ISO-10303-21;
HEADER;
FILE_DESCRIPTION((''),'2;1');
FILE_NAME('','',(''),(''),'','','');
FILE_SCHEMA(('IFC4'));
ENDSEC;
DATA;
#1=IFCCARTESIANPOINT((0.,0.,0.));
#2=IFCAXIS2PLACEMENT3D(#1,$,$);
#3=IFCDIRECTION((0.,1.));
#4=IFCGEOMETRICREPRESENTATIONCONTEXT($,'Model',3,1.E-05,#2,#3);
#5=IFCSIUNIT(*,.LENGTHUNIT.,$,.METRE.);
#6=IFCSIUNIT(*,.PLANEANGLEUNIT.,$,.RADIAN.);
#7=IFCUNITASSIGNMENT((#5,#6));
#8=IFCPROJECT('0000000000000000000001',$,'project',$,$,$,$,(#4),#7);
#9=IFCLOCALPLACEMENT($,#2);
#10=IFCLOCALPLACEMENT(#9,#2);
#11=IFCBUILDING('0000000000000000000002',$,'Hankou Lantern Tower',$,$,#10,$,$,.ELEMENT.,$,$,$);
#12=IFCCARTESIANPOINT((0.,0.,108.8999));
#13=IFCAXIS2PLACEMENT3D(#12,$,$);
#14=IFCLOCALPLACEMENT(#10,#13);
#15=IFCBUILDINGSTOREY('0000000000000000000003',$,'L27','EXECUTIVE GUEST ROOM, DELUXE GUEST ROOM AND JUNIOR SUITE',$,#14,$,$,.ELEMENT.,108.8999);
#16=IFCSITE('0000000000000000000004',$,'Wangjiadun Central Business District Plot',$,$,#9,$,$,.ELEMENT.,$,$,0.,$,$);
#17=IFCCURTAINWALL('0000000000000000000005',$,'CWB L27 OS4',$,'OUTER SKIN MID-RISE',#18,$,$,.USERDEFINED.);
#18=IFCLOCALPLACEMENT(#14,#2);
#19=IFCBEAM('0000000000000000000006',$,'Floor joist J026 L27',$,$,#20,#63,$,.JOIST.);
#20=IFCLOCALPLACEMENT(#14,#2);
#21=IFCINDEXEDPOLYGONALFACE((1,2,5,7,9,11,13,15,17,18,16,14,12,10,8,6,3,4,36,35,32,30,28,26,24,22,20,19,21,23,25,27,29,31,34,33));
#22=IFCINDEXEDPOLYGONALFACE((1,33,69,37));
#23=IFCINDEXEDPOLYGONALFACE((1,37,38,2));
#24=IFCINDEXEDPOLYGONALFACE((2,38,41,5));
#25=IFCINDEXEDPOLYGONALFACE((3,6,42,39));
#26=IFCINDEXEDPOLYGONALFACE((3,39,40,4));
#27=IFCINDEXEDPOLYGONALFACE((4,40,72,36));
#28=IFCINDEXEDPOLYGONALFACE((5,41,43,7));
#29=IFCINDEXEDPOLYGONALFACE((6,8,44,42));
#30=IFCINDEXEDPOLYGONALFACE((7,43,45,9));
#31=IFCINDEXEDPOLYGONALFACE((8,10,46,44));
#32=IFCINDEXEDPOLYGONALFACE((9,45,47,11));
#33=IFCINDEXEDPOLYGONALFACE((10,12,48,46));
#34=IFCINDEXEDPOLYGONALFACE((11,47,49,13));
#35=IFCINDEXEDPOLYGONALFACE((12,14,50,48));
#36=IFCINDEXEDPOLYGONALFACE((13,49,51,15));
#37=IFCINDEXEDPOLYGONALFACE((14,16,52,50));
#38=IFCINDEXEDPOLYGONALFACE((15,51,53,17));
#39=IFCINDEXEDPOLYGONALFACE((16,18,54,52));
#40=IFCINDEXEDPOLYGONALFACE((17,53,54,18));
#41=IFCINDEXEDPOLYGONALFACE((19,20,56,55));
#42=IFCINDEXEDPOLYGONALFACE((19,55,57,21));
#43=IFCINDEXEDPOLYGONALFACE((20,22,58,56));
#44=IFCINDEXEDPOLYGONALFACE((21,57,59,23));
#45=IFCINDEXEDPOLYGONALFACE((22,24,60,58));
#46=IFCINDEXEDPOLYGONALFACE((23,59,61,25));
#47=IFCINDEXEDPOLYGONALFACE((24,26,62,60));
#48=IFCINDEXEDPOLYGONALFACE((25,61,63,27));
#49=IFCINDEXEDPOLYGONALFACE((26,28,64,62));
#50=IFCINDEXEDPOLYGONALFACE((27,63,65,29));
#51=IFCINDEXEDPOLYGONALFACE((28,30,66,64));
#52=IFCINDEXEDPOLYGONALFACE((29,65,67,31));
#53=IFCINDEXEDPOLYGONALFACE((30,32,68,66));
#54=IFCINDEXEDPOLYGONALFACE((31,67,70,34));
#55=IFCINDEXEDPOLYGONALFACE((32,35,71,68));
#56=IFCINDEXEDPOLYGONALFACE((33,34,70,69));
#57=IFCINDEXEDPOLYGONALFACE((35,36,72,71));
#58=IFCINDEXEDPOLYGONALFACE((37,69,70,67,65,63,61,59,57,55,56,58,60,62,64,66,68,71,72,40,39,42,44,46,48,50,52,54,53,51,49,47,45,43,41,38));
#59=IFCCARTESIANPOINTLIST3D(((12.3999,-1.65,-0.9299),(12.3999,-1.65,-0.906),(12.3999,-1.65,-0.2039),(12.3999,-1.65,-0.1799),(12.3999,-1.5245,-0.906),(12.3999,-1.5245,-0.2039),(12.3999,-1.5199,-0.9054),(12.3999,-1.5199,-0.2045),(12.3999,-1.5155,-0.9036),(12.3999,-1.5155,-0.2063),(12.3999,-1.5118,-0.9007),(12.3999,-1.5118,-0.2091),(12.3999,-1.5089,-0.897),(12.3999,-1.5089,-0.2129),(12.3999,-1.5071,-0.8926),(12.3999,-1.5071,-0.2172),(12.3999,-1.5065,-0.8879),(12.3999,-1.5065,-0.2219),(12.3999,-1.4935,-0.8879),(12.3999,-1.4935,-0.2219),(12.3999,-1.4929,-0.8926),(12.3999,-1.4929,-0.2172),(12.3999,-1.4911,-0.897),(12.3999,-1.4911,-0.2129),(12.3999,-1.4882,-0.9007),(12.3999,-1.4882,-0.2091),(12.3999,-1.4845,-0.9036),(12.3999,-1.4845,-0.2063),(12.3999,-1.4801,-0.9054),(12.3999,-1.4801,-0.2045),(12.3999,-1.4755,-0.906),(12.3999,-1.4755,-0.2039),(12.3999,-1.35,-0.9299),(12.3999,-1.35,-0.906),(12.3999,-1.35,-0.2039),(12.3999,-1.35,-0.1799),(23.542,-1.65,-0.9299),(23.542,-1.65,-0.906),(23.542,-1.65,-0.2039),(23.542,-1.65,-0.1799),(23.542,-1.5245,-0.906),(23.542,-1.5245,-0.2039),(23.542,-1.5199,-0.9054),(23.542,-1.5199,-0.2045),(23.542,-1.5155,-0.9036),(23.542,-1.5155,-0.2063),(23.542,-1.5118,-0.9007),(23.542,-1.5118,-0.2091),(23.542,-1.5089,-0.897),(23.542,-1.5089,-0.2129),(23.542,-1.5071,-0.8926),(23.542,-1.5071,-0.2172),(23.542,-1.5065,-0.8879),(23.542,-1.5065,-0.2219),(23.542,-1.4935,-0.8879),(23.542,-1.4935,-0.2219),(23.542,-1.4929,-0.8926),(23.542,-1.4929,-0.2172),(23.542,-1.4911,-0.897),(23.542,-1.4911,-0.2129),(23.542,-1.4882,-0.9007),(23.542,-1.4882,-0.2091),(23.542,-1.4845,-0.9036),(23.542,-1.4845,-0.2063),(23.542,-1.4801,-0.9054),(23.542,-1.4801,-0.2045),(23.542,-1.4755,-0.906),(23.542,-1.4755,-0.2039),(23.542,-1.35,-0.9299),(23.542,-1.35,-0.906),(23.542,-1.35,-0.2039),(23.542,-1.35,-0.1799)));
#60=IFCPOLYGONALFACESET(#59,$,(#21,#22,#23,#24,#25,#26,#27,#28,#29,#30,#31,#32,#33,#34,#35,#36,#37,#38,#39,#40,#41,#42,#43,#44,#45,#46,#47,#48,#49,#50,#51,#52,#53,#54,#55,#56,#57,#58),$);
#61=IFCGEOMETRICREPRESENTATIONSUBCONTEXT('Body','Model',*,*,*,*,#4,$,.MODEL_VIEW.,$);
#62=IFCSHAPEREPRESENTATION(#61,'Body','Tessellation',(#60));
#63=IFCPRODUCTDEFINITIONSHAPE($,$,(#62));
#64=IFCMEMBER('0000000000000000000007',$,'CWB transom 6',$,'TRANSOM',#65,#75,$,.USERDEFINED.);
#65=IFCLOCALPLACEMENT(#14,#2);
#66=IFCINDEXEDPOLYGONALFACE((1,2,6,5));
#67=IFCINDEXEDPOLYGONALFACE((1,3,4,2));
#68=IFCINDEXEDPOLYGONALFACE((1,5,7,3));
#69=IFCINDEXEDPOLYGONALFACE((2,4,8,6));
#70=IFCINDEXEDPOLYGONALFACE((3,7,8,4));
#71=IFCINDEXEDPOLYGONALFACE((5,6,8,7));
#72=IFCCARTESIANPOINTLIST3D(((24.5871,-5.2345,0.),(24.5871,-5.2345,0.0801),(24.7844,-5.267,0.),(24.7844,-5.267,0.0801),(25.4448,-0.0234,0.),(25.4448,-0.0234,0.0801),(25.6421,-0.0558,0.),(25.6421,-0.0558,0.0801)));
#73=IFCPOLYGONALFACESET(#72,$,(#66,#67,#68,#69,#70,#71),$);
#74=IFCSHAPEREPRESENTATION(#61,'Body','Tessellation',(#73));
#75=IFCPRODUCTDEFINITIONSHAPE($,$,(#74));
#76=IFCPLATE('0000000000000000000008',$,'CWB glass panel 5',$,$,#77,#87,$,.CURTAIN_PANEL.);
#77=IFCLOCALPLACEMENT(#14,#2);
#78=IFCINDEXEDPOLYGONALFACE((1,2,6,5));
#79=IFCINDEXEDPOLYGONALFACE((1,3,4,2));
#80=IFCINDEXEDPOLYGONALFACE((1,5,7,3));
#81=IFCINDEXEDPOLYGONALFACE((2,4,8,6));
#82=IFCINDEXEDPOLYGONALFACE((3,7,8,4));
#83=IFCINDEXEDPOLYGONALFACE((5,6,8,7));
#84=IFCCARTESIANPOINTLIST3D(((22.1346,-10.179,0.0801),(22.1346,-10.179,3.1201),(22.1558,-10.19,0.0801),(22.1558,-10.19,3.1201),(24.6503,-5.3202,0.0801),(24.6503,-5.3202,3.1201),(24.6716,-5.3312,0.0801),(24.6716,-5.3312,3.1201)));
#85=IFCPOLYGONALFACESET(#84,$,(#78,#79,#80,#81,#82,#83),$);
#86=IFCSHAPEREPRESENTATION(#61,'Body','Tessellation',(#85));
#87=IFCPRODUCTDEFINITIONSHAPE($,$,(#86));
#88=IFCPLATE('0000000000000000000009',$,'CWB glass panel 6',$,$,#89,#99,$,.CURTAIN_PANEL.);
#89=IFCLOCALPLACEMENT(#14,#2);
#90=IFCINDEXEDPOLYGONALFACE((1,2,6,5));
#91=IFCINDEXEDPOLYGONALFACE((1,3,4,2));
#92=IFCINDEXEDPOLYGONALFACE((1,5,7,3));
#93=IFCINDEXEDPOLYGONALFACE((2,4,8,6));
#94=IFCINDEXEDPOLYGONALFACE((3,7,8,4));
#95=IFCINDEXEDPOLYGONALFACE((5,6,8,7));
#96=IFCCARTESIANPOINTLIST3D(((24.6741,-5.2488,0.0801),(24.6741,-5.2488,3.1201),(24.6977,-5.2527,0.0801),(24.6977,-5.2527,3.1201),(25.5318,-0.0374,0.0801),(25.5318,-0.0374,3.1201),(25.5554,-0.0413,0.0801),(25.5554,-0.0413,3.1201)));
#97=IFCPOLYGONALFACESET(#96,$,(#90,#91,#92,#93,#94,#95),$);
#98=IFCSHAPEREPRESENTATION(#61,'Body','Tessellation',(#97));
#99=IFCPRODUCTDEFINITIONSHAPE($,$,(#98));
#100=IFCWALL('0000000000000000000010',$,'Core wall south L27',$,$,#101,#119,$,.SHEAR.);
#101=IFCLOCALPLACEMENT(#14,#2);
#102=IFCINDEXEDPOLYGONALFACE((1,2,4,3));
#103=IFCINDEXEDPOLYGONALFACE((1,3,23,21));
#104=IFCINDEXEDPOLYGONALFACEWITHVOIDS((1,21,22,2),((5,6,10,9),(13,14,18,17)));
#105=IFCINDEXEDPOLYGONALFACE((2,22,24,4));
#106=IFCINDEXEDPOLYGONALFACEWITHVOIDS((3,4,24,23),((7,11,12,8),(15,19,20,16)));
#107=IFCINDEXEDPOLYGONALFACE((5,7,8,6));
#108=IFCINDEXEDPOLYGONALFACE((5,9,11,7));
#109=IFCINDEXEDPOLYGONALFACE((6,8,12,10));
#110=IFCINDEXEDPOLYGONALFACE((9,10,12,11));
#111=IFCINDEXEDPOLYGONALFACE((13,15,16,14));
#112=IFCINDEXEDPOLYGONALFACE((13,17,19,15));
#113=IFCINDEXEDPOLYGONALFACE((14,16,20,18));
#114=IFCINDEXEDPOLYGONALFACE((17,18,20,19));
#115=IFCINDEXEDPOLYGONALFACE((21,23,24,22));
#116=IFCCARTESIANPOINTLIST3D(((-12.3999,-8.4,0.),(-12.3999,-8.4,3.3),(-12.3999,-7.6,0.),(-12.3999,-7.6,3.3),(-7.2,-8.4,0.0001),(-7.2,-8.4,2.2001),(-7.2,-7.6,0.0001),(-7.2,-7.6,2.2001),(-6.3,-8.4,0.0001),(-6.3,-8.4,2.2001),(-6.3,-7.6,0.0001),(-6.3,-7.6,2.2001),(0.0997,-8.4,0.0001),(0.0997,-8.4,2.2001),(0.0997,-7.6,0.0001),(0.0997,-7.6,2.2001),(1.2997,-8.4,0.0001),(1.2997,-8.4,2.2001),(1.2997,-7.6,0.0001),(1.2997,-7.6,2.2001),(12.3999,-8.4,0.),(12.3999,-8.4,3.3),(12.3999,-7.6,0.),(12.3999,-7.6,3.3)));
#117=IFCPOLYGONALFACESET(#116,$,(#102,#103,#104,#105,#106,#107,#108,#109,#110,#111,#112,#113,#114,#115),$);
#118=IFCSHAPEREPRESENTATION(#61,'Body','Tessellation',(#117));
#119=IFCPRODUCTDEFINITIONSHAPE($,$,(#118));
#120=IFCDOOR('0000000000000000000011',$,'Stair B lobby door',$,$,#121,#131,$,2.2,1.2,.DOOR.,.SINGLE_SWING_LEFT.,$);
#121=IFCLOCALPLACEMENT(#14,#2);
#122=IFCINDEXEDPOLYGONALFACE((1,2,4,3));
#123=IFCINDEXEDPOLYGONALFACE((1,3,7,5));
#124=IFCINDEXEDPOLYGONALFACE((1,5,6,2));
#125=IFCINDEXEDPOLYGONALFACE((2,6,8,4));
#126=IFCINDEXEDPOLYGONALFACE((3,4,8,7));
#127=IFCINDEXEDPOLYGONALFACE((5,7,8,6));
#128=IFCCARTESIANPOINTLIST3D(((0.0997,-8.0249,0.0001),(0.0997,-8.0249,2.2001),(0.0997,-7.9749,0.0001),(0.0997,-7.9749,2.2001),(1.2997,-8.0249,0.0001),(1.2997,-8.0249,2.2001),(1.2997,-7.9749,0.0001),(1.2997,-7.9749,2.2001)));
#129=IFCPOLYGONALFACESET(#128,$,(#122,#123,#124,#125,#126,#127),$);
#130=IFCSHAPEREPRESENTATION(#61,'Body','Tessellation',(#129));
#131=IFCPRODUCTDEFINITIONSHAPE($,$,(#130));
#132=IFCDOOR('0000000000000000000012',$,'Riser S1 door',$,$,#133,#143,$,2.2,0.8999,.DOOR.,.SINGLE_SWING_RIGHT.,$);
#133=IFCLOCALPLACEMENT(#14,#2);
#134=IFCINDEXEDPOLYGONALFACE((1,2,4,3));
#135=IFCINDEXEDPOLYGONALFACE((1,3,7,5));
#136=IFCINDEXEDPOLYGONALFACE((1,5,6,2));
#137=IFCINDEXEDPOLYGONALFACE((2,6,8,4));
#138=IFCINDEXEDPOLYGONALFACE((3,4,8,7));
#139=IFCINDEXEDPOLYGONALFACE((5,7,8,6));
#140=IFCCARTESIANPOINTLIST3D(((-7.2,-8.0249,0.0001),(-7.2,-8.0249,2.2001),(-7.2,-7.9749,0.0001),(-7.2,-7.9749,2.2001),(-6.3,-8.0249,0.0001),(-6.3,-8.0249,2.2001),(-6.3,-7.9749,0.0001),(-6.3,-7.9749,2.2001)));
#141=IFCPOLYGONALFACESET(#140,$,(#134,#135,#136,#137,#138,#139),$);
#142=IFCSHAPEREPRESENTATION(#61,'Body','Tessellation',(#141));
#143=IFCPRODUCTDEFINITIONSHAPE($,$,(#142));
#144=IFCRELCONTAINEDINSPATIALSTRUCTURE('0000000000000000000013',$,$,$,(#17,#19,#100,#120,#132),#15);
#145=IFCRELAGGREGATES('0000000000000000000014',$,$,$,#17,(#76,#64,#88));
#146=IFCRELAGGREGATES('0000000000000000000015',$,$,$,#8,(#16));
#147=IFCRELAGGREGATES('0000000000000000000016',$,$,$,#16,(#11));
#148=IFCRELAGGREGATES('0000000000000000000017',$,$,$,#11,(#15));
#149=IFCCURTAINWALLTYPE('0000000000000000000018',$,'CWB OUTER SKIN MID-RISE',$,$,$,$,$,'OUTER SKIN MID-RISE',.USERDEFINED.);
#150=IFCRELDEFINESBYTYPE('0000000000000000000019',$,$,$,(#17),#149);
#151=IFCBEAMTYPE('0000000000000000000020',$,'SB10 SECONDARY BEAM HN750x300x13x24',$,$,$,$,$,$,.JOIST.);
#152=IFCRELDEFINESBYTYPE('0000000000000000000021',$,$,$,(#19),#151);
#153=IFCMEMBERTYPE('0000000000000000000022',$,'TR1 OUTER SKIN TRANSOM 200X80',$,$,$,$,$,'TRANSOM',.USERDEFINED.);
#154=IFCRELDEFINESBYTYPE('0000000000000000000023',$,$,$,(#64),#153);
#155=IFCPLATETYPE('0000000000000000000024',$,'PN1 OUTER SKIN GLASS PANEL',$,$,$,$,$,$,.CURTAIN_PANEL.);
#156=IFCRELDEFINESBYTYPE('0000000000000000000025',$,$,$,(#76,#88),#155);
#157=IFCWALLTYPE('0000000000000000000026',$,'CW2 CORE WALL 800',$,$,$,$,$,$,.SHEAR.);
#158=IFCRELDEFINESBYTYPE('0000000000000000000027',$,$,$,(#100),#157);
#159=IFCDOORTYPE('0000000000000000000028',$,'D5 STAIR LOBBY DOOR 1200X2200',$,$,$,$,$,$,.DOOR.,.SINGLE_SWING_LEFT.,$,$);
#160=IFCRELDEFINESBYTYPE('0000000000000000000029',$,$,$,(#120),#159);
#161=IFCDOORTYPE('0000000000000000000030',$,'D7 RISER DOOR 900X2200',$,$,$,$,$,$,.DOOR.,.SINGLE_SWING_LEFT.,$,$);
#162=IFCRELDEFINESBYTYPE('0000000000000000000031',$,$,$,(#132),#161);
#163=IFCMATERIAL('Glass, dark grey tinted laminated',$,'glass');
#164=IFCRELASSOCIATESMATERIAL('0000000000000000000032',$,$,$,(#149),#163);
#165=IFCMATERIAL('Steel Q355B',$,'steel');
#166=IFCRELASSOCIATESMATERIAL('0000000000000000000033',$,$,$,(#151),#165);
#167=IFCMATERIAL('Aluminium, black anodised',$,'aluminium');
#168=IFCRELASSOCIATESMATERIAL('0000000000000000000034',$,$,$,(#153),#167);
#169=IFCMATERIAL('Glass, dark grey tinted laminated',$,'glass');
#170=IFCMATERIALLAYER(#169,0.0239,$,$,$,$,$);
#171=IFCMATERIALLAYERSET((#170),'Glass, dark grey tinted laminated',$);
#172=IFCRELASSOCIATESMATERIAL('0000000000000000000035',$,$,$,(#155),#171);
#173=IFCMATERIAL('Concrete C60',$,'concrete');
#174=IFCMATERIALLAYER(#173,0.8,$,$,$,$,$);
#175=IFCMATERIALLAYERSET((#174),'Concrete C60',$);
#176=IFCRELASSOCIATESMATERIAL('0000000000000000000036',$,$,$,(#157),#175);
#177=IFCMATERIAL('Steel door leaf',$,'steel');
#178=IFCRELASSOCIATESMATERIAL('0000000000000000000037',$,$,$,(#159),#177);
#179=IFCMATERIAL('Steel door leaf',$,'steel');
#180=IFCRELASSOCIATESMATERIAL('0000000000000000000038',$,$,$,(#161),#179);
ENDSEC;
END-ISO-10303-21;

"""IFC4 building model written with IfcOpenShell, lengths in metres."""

from ifc_helpers import new_model, si_unit, direction, frame, frame_2d, origin, origin_2d, place, context, subcontext, project, spatial, rectangle, i_section, extrude, material, layer, layer_set, material_profile, profile_set, type_object, element, fill, aggregate, save


model = new_model("IFC4")

# Units and contexts
model_context = context("Model", 3, precision=1e-05, world=origin(), true_north=direction((0.0, 1.0)))
body_context = subcontext(model_context, "Body", "Model", "MODEL_VIEW")
ifc_project = project(units=[si_unit("LENGTHUNIT", "METRE"), si_unit("PLANEANGLEUNIT", "RADIAN")], contexts=[model_context])

# Site, building, storey
site_placement = place(None, origin())
site = spatial("IfcSite", under=ifc_project, at=site_placement, Name="Wangjiadun Central Business District Plot", CompositionType="ELEMENT", RefElevation=0.0)
building_placement = place(site_placement, origin())
building = spatial("IfcBuilding", under=site, at=building_placement, Name="Hankou Lantern Tower", CompositionType="ELEMENT")
storey_placement = place(building_placement, frame((0.0, 0.0, 108.8999)))
storey = spatial("IfcBuildingStorey", under=building, at=storey_placement, Name="L27", Description="EXECUTIVE GUEST ROOM, DELUXE GUEST ROOM AND JUNIOR SUITE", CompositionType="ELEMENT", Elevation=108.8999)

# Curtain wall
ifc_material_1 = material(Name="Glass, dark grey tinted laminated", Category="glass")
curtain_wall_type = type_object("IfcCurtainWallType", Name="CWB OUTER SKIN MID-RISE", ElementType="OUTER SKIN MID-RISE", PredefinedType="USERDEFINED", material=ifc_material_1)
curtain_wall_placement = place(storey_placement, origin())
curtain_wall = element("IfcCurtainWall", 1, at=curtain_wall_placement, inside=storey, type_object=curtain_wall_type, Name="CWB L27 OS4", ObjectType="OUTER SKIN MID-RISE", PredefinedType="USERDEFINED")

# Beam
ifc_material_2 = material(Name="Steel Q355B", Category="steel")
ifc_material_profile_1 = material_profile(ifc_material_2, i_section(OverallWidth=0.3, OverallDepth=0.75, WebThickness=0.0129, FlangeThickness=0.0239, FilletRadius=0.0181, at=origin_2d()), Name="HN750x300x13x24")
ifc_profile_set_1 = profile_set([ifc_material_profile_1], Name="Steel Q355B")
beam_type_1 = type_object("IfcBeamType", Name="SB10 SECONDARY BEAM HN750x300x13x24", PredefinedType="JOIST", material=ifc_profile_set_1)
beam_1_placement = place(storey_placement, frame((12.3999, -1.5, -0.5549), z_axis=(1.0, 0.0, 0.0), x_axis=(0.0, 1.0, 0.0)))
element("IfcBeam", 2, at=beam_1_placement, inside=storey, type_object=beam_type_1, Name="Floor joist J026 L27", PredefinedType="JOIST", context=body_context, shape_type="SweptSolid", body=[
    extrude(i_section(OverallWidth=0.3, OverallDepth=0.75, WebThickness=0.0129, FlangeThickness=0.0239, FilletRadius=0.0181, at=origin_2d()), origin(), (0.0, 0.0, 1.0), 11.1421),
])

# Member
ifc_material_3 = material(Name="Aluminium, black anodised", Category="aluminium")
ifc_material_profile_2 = material_profile(ifc_material_3, rectangle(XDim=0.2, YDim=0.0801, at=origin_2d()), Name="TR1 200X80")
ifc_profile_set_2 = profile_set([ifc_material_profile_2], Name="Aluminium, black anodised")
member_type_1 = type_object("IfcMemberType", Name="TR1 OUTER SKIN TRANSOM 200X80", ElementType="TRANSOM", PredefinedType="USERDEFINED", material=ifc_profile_set_2)
member_1_placement = place(storey_placement, frame((24.6858, -5.2507, 0.04), z_axis=(0.162397, 0.986725, 0.0), x_axis=(-0.986725, 0.162397, 0.0)))
member_1 = element("IfcMember", 3, at=member_1_placement, type_object=member_type_1, Name="CWB transom 6", ObjectType="TRANSOM", PredefinedType="USERDEFINED", context=body_context, shape_type="SweptSolid", body=[
    extrude(rectangle(XDim=0.2, YDim=0.0801, at=origin_2d()), origin(), (0.0, 0.0, 1.0), 5.2812),
])

# Plates
ifc_material_4 = material(Name="Glass, dark grey tinted laminated", Category="glass")
ifc_layer_1 = layer(ifc_material_4, 0.0239)
ifc_layer_set_1 = layer_set([ifc_layer_1], Name="Glass, dark grey tinted laminated")
plate_type = type_object("IfcPlateType", Name="PN1 OUTER SKIN GLASS PANEL", PredefinedType="CURTAIN_PANEL", material=ifc_layer_set_1)
plate_1_placement = place(storey_placement, frame((23.4031, -7.7551, 0.0801), z_axis=(0.0, 0.0, 1.0), x_axis=(0.459791, 0.888027, 0.0)))
plate_1 = element("IfcPlate", 4, at=plate_1_placement, type_object=plate_type, Name="CWB glass panel 5", PredefinedType="CURTAIN_PANEL", context=body_context, shape_type="SweptSolid", body=[
    extrude(rectangle(XDim=5.4714, YDim=0.0239, at=origin_2d()), origin(), (0.0, 0.0, 1.0), 3.04),
])
plate_2_placement = place(storey_placement, frame((25.1147, -2.645, 0.0801), z_axis=(0.0, 0.0, 1.0), x_axis=(0.162382, 0.986728, 0.0)))
plate_2 = element("IfcPlate", 5, at=plate_2_placement, type_object=plate_type, Name="CWB glass panel 6", PredefinedType="CURTAIN_PANEL", context=body_context, shape_type="SweptSolid", body=[
    extrude(rectangle(XDim=5.2815, YDim=0.0239, at=origin_2d()), origin(), (0.0, 0.0, 1.0), 3.04),
])
aggregate(curtain_wall, [plate_1, member_1, plate_2])

# Wall, openings, doors
ifc_material_5 = material(Name="Concrete C60", Category="concrete")
ifc_layer_2 = layer(ifc_material_5, 0.8)
ifc_layer_set_2 = layer_set([ifc_layer_2], Name="Concrete C60")
wall_type_1 = type_object("IfcWallType", Name="CW2 CORE WALL 800", PredefinedType="SHEAR", material=ifc_layer_set_2)
wall_1_placement = place(storey_placement, frame((12.3999, -8.0, 0.0), z_axis=(0.0, 0.0, 1.0), x_axis=(-1.0, 0.0, 0.0)))
wall_1 = element("IfcWall", 6, at=wall_1_placement, inside=storey, type_object=wall_type_1, Name="Core wall south L27", PredefinedType="SHEAR", context=body_context, shape_type="SweptSolid", body=[
    extrude(rectangle(XDim=24.7998, YDim=0.8, at=frame_2d((12.3999, 0.0))), origin(), (0.0, 0.0, 1.0), 3.3),
])
opening_1_placement = place(wall_1_placement, frame((11.1001, 0.0, 0.0)))
opening_1 = element("IfcOpeningElement", 7, at=opening_1_placement, cuts=wall_1, PredefinedType="OPENING", context=body_context, shape_type="SweptSolid", body=[
    extrude(rectangle(XDim=1.2, YDim=2.2, at=frame_2d((0.6001, 1.1001))), frame((0.0, 0.4099, 0.0), z_axis=(0.0, -1.0, 0.0), x_axis=(1.0, 0.0, 0.0)), (0.0, 0.0, 1.0), 0.8201),
])
opening_2_placement = place(wall_1_placement, frame((18.7, 0.0, 0.0)))
opening_2 = element("IfcOpeningElement", 8, at=opening_2_placement, cuts=wall_1, PredefinedType="OPENING", context=body_context, shape_type="SweptSolid", body=[
    extrude(rectangle(XDim=0.8999, YDim=2.2, at=frame_2d((0.45, 1.1001))), frame((0.0, 0.4099, 0.0), z_axis=(0.0, -1.0, 0.0), x_axis=(1.0, 0.0, 0.0)), (0.0, 0.0, 1.0), 0.8201),
])
ifc_material_6 = material(Name="Steel door leaf", Category="steel")
door_type_1 = type_object("IfcDoorType", Name="D5 STAIR LOBBY DOOR 1200X2200", OperationType="SINGLE_SWING_LEFT", PredefinedType="DOOR", material=ifc_material_6)
door_1_placement = place(opening_1_placement, origin())
door_1 = element("IfcDoor", 9, at=door_1_placement, inside=storey, type_object=door_type_1, Name="Stair B lobby door", OperationType="SINGLE_SWING_LEFT", OverallHeight=2.2, OverallWidth=1.2, PredefinedType="DOOR", context=body_context, shape_type="SweptSolid", body=[
    extrude(rectangle(XDim=1.2, YDim=2.2, at=frame_2d((0.6001, 1.1001))), frame((0.0, 0.0249, 0.0), z_axis=(0.0, -1.0, 0.0), x_axis=(1.0, 0.0, 0.0)), (0.0, 0.0, 1.0), 0.05),
])
fill(opening_1, door_1)
ifc_material_7 = material(Name="Steel door leaf", Category="steel")
door_type_2 = type_object("IfcDoorType", Name="D7 RISER DOOR 900X2200", OperationType="SINGLE_SWING_LEFT", PredefinedType="DOOR", material=ifc_material_7)
door_2_placement = place(opening_2_placement, origin())
door_2 = element("IfcDoor", 10, at=door_2_placement, inside=storey, type_object=door_type_2, Name="Riser S1 door", OperationType="SINGLE_SWING_RIGHT", OverallHeight=2.2, OverallWidth=0.8999, PredefinedType="DOOR", context=body_context, shape_type="SweptSolid", body=[
    extrude(rectangle(XDim=0.8999, YDim=2.2, at=frame_2d((0.45, 1.1001))), frame((0.0, 0.0249, 0.0), z_axis=(0.0, -1.0, 0.0), x_axis=(1.0, 0.0, 0.0)), (0.0, 0.0, 1.0), 0.05),
])
fill(opening_2, door_2)

save(model, "model.ifc")
